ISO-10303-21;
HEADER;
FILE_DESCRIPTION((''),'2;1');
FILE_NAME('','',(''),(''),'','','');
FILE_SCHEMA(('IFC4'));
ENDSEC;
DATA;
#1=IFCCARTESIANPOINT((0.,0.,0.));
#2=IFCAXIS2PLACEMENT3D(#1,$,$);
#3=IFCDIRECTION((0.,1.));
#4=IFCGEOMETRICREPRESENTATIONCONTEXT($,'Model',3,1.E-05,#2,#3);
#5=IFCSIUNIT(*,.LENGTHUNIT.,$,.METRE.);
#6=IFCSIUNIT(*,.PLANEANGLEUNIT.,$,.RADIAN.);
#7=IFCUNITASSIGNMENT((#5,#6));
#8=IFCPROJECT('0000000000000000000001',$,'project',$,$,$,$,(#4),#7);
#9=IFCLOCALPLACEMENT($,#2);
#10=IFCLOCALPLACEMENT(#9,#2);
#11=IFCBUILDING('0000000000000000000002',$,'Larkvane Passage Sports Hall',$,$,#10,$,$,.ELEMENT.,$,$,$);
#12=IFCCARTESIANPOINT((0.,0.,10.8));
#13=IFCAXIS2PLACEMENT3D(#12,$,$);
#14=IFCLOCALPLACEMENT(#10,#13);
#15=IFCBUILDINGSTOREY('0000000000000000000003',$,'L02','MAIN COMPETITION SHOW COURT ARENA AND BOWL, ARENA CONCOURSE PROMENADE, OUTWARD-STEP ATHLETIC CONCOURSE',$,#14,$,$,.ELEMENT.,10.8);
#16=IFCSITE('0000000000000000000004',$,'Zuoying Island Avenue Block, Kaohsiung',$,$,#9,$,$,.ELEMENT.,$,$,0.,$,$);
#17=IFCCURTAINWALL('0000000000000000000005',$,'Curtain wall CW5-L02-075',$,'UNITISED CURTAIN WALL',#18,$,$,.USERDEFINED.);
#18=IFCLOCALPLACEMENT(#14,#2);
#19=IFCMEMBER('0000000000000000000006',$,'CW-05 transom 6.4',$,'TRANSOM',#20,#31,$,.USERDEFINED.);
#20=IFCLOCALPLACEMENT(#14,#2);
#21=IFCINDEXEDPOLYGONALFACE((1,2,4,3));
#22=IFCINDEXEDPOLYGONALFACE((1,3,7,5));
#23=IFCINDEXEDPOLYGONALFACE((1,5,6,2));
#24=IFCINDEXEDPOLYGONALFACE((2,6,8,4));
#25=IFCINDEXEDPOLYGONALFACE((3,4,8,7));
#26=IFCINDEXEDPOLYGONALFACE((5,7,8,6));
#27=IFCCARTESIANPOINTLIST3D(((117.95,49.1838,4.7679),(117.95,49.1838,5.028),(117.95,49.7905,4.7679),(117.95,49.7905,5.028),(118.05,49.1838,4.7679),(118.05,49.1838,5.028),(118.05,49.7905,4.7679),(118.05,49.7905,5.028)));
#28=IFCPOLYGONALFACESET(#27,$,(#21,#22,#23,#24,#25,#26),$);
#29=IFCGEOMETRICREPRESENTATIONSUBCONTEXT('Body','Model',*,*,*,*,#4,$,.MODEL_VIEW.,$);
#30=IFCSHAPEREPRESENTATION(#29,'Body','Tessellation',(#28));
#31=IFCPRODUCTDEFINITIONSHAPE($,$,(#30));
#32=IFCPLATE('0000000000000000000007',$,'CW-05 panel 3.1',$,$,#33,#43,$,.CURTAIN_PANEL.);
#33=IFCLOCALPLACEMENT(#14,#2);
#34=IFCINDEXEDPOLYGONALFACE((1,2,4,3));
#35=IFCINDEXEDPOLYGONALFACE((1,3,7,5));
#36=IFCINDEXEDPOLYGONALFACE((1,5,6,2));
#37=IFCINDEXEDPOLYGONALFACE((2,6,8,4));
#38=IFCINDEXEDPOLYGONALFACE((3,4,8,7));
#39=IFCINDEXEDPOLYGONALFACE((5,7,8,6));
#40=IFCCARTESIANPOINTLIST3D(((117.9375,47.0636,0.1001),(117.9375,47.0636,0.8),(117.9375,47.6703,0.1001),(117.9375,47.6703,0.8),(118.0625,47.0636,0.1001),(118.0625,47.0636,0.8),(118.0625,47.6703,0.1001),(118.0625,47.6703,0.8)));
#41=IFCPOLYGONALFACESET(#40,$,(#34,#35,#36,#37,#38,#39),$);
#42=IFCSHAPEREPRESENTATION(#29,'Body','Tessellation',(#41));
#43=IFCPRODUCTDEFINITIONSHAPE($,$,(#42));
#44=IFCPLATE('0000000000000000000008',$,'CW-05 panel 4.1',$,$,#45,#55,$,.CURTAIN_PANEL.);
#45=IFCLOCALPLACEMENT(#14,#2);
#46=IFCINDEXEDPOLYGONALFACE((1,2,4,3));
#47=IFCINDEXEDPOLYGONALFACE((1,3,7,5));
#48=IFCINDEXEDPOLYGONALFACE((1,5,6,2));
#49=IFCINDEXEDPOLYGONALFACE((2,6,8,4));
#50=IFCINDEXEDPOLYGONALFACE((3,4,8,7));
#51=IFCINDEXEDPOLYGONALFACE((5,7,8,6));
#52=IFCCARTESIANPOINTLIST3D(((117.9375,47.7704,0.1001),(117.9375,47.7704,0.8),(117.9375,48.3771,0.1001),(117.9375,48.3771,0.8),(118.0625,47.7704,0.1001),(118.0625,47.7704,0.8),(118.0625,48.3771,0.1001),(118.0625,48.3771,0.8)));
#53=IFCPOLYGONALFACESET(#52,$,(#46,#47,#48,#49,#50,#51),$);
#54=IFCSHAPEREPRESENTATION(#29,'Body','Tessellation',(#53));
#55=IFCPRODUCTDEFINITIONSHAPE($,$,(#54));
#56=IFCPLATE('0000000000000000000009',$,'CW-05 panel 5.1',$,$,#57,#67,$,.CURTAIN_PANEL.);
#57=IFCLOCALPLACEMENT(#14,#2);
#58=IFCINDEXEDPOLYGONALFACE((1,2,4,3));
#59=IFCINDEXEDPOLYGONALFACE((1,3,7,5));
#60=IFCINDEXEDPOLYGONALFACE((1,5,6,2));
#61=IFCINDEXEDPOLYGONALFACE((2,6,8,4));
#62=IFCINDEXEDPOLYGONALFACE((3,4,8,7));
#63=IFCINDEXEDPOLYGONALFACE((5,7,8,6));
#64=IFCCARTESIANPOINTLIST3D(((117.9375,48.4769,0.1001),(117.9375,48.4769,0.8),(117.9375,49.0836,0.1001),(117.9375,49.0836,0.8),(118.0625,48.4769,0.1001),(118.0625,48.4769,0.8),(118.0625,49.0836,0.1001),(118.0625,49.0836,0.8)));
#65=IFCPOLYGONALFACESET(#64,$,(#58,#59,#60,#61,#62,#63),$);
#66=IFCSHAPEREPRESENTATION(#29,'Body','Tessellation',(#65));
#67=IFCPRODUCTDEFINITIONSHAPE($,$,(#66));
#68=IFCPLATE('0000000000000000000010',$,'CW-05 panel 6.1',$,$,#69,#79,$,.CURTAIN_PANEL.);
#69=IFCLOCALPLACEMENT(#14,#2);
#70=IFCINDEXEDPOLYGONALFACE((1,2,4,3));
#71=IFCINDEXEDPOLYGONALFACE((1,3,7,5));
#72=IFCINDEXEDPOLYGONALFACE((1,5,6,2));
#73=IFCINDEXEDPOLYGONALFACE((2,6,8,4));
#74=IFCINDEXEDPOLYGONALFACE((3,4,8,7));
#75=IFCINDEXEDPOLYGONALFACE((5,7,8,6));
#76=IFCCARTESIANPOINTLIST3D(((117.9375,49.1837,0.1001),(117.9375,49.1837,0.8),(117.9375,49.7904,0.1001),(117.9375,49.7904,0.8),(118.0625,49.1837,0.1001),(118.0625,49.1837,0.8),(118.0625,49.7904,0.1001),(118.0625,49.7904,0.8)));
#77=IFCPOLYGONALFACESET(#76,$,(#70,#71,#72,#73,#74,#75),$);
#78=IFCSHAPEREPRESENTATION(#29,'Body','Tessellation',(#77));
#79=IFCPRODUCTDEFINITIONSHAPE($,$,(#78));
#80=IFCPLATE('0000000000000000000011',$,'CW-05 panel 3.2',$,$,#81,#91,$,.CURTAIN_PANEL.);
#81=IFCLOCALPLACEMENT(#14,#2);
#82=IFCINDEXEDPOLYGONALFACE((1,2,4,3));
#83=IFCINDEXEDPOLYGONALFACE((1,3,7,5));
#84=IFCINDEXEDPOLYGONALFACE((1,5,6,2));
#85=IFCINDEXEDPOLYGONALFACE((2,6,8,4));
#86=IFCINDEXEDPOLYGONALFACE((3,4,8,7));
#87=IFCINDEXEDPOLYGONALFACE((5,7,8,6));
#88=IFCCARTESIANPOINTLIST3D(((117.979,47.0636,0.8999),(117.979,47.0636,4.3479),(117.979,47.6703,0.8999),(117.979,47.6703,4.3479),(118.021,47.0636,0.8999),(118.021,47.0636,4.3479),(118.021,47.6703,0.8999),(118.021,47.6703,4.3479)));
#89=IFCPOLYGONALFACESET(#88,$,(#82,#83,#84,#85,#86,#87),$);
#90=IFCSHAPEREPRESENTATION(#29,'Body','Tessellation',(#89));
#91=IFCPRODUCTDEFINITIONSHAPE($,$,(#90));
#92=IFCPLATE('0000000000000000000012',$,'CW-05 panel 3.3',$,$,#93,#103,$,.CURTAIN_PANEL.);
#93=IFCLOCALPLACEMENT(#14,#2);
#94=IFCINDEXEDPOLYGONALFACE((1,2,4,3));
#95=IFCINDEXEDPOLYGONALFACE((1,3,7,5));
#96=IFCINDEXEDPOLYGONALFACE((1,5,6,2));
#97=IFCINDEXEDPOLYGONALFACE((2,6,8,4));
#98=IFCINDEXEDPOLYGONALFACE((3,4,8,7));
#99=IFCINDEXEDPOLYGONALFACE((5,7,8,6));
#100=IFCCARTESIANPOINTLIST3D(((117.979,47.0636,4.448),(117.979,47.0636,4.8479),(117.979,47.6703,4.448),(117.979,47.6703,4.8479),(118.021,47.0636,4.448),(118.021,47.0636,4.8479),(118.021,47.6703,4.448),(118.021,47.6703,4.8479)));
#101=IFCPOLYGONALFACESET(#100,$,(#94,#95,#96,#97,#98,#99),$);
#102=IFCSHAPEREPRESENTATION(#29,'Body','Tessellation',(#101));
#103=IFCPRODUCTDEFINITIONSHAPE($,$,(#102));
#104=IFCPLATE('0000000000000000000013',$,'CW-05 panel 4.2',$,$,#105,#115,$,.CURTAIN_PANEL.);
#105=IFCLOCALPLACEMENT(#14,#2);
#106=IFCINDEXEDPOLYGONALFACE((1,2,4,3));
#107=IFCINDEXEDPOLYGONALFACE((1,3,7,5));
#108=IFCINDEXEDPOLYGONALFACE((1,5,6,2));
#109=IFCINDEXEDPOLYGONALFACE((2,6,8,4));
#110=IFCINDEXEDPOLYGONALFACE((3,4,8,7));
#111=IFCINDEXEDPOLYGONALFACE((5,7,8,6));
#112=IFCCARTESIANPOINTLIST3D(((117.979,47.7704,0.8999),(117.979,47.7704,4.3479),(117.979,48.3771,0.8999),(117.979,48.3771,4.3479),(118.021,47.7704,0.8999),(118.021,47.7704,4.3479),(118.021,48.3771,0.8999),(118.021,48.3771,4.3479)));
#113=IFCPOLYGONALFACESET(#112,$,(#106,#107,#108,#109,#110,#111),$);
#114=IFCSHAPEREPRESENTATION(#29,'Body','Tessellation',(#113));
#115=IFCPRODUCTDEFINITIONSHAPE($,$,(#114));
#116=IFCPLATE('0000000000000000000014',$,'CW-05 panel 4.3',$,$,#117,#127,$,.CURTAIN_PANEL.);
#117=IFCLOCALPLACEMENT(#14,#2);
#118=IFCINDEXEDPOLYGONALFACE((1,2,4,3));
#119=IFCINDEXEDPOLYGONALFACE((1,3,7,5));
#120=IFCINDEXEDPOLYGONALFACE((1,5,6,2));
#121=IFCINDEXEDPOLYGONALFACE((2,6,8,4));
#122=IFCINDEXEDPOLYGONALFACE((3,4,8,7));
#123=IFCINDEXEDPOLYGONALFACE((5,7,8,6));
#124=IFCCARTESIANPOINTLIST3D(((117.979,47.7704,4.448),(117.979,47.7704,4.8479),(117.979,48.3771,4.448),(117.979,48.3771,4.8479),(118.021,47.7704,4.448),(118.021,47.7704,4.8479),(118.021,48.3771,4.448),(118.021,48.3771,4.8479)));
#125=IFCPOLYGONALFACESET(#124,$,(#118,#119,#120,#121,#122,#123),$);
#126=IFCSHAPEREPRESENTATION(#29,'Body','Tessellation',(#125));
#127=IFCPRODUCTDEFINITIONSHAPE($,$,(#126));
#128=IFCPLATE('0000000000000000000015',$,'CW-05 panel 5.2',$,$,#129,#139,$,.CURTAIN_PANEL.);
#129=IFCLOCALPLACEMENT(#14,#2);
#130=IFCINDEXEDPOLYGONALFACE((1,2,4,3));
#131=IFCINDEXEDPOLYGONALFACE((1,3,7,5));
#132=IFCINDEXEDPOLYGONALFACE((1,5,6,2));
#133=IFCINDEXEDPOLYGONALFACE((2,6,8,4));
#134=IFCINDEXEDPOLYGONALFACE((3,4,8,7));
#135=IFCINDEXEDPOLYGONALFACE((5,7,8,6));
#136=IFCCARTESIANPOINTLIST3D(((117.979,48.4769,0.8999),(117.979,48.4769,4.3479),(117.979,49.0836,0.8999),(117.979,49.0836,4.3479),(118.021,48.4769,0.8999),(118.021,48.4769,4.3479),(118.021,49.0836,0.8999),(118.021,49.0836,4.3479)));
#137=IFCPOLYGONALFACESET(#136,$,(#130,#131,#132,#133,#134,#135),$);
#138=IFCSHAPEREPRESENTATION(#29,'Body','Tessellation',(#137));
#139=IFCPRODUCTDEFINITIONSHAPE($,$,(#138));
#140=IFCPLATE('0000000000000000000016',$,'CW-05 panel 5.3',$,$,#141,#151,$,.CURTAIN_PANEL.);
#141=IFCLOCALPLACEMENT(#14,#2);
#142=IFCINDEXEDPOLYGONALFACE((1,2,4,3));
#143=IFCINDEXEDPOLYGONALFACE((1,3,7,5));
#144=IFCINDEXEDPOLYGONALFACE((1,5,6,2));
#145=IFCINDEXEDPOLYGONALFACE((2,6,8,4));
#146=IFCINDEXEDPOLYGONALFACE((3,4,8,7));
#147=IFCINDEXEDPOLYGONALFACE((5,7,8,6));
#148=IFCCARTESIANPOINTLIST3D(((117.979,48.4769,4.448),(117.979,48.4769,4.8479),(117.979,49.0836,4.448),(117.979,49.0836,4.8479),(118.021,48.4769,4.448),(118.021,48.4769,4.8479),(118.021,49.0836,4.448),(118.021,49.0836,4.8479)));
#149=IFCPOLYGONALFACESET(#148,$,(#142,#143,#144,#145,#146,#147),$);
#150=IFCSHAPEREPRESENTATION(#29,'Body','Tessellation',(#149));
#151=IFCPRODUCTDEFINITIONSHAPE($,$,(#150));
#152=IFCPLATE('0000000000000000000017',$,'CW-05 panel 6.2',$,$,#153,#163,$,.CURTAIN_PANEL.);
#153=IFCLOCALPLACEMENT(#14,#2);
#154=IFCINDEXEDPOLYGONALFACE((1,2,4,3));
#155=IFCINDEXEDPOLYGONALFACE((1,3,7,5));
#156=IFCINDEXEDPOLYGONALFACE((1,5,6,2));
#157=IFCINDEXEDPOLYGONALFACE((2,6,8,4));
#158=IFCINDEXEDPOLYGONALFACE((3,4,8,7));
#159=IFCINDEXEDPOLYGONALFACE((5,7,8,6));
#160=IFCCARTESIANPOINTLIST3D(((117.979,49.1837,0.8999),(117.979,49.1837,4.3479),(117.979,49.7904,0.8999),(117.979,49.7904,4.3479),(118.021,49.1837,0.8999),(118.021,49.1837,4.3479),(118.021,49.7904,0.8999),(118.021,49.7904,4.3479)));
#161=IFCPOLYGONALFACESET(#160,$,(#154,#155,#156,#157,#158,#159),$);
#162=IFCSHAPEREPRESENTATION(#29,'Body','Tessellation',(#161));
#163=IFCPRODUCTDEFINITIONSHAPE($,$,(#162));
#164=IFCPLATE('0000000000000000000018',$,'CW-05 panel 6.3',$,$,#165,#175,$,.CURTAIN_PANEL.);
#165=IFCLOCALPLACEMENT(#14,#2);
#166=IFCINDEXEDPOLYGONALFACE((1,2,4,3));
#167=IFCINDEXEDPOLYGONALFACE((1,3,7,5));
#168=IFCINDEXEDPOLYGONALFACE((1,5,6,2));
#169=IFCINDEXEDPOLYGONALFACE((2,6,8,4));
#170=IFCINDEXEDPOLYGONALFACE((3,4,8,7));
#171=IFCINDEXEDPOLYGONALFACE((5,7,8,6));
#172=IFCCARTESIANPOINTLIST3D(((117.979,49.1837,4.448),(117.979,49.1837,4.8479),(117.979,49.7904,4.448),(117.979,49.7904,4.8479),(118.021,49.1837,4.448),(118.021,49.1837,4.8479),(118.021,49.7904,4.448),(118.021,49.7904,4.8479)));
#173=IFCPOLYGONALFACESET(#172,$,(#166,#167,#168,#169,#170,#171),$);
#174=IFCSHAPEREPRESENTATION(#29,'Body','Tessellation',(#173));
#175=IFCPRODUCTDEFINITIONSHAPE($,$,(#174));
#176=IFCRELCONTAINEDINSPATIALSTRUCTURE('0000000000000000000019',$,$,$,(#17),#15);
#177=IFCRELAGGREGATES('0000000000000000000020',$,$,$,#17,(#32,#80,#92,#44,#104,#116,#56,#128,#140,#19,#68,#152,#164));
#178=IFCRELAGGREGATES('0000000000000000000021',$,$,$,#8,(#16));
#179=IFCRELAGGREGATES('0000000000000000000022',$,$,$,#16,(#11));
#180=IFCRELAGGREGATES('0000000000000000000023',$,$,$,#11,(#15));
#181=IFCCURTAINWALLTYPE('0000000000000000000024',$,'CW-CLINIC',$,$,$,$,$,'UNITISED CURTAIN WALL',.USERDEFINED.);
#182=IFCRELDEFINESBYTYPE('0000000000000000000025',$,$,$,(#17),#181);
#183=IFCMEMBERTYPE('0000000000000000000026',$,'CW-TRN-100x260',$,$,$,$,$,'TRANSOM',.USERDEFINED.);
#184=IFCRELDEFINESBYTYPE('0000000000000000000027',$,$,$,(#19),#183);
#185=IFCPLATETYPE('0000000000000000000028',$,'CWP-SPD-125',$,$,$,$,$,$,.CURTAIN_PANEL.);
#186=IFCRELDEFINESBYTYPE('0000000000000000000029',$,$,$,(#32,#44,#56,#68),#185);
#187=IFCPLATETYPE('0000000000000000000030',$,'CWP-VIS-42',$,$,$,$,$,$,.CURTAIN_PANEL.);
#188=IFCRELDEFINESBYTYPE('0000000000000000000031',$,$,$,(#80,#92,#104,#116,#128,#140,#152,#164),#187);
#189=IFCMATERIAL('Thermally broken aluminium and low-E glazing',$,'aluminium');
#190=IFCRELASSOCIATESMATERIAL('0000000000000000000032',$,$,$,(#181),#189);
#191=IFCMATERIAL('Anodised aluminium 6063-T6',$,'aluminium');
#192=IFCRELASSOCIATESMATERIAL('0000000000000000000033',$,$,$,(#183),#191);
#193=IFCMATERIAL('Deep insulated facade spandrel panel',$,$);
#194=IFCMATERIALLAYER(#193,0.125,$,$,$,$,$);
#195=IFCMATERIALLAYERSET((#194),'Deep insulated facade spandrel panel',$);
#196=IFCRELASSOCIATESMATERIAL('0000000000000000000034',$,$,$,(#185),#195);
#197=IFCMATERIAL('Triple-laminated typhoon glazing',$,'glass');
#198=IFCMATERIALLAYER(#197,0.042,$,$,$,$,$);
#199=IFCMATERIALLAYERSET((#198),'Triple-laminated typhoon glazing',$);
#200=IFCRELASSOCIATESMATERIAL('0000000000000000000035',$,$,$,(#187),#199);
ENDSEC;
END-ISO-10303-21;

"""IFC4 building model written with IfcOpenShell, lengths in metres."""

from ifc_helpers import new_model, si_unit, direction, frame, origin, origin_2d, place, context, subcontext, project, spatial, rectangle, extrude, material, layer, layer_set, material_profile, profile_set, type_object, element, aggregate, save


model = new_model("IFC4")

# Units and contexts
model_context = context("Model", 3, precision=1e-05, world=origin(), true_north=direction((0.0, 1.0)))
body_context = subcontext(model_context, "Body", "Model", "MODEL_VIEW")
ifc_project = project(units=[si_unit("LENGTHUNIT", "METRE"), si_unit("PLANEANGLEUNIT", "RADIAN")], contexts=[model_context])

# Site, building, storey
site_placement = place(None, origin())
site = spatial("IfcSite", under=ifc_project, at=site_placement, Name="Zuoying Island Avenue Block, Kaohsiung", CompositionType="ELEMENT", RefElevation=0.0)
building_placement = place(site_placement, origin())
building = spatial("IfcBuilding", under=site, at=building_placement, Name="Larkvane Passage Sports Hall", CompositionType="ELEMENT")
storey_placement = place(building_placement, frame((0.0, 0.0, 10.8)))
storey = spatial("IfcBuildingStorey", under=building, at=storey_placement, Name="L02", Description="MAIN COMPETITION SHOW COURT ARENA AND BOWL, ARENA CONCOURSE PROMENADE, OUTWARD-STEP ATHLETIC CONCOURSE", CompositionType="ELEMENT", Elevation=10.8)

# Curtain wall, member, plates
ifc_material_1 = material(Name="Thermally broken aluminium and low-E glazing", Category="aluminium")
curtain_wall_type = type_object("IfcCurtainWallType", Name="CW-CLINIC", ElementType="UNITISED CURTAIN WALL", PredefinedType="USERDEFINED", material=ifc_material_1)
curtain_wall_placement = place(storey_placement, origin())
curtain_wall = element("IfcCurtainWall", 1, at=curtain_wall_placement, inside=storey, type_object=curtain_wall_type, Name="Curtain wall CW5-L02-075", ObjectType="UNITISED CURTAIN WALL", PredefinedType="USERDEFINED")
ifc_material_2 = material(Name="Anodised aluminium 6063-T6", Category="aluminium")
ifc_material_profile_1 = material_profile(ifc_material_2, rectangle(XDim=0.1001, YDim=0.26, at=origin_2d()), Name="ALU-TRN-100x260")
ifc_profile_set_1 = profile_set([ifc_material_profile_1], Name="Anodised aluminium 6063-T6")
member_type_1 = type_object("IfcMemberType", Name="CW-TRN-100x260", ElementType="TRANSOM", PredefinedType="USERDEFINED", material=ifc_profile_set_1)
member_1_placement = place(storey_placement, frame((118.0, 49.1838, 4.8979), z_axis=(0.0, 1.0, 0.0), x_axis=(-1.0, 0.0, 0.0)))
member_1 = element("IfcMember", 2, at=member_1_placement, type_object=member_type_1, Name="CW-05 transom 6.4", ObjectType="TRANSOM", PredefinedType="USERDEFINED", context=body_context, shape_type="SweptSolid", body=[
    extrude(rectangle(XDim=0.1001, YDim=0.26, at=origin_2d()), origin(), (0.0, 0.0, 1.0), 0.6067),
])
ifc_material_3 = material(Name="Deep insulated facade spandrel panel")
ifc_layer_1 = layer(ifc_material_3, 0.125)
ifc_layer_set_1 = layer_set([ifc_layer_1], Name="Deep insulated facade spandrel panel")
plate_type_1 = type_object("IfcPlateType", Name="CWP-SPD-125", PredefinedType="CURTAIN_PANEL", material=ifc_layer_set_1)
plate_1_placement = place(storey_placement, frame((118.0, 47.3669, 0.1001), z_axis=(0.0, 0.0, 1.0), x_axis=(0.0, 1.0, 0.0)))
plate_1 = element("IfcPlate", 3, at=plate_1_placement, type_object=plate_type_1, Name="CW-05 panel 3.1", PredefinedType="CURTAIN_PANEL", context=body_context, shape_type="SweptSolid", body=[
    extrude(rectangle(XDim=0.6067, YDim=0.125, at=origin_2d()), origin(), (0.0, 0.0, 1.0), 0.7),
])
plate_2_placement = place(storey_placement, frame((118.0, 48.0737, 0.1001), z_axis=(0.0, 0.0, 1.0), x_axis=(0.0, 1.0, 0.0)))
plate_2 = element("IfcPlate", 4, at=plate_2_placement, type_object=plate_type_1, Name="CW-05 panel 4.1", PredefinedType="CURTAIN_PANEL", context=body_context, shape_type="SweptSolid", body=[
    extrude(rectangle(XDim=0.6067, YDim=0.125, at=origin_2d()), origin(), (0.0, 0.0, 1.0), 0.7),
])
plate_3_placement = place(storey_placement, frame((118.0, 48.7803, 0.1001), z_axis=(0.0, 0.0, 1.0), x_axis=(0.0, 1.0, 0.0)))
plate_3 = element("IfcPlate", 5, at=plate_3_placement, type_object=plate_type_1, Name="CW-05 panel 5.1", PredefinedType="CURTAIN_PANEL", context=body_context, shape_type="SweptSolid", body=[
    extrude(rectangle(XDim=0.6067, YDim=0.125, at=origin_2d()), origin(), (0.0, 0.0, 1.0), 0.7),
])
plate_4_placement = place(storey_placement, frame((118.0, 49.4871, 0.1001), z_axis=(0.0, 0.0, 1.0), x_axis=(0.0, 1.0, 0.0)))
plate_4 = element("IfcPlate", 6, at=plate_4_placement, type_object=plate_type_1, Name="CW-05 panel 6.1", PredefinedType="CURTAIN_PANEL", context=body_context, shape_type="SweptSolid", body=[
    extrude(rectangle(XDim=0.6067, YDim=0.125, at=origin_2d()), origin(), (0.0, 0.0, 1.0), 0.7),
])
ifc_material_4 = material(Name="Triple-laminated typhoon glazing", Category="glass")
ifc_layer_2 = layer(ifc_material_4, 0.042)
ifc_layer_set_2 = layer_set([ifc_layer_2], Name="Triple-laminated typhoon glazing")
plate_type_2 = type_object("IfcPlateType", Name="CWP-VIS-42", PredefinedType="CURTAIN_PANEL", material=ifc_layer_set_2)
plate_5_placement = place(storey_placement, frame((118.0, 47.3669, 0.8999), z_axis=(0.0, 0.0, 1.0), x_axis=(0.0, 1.0, 0.0)))
plate_5 = element("IfcPlate", 7, at=plate_5_placement, type_object=plate_type_2, Name="CW-05 panel 3.2", PredefinedType="CURTAIN_PANEL", context=body_context, shape_type="SweptSolid", body=[
    extrude(rectangle(XDim=0.6067, YDim=0.042, at=origin_2d()), origin(), (0.0, 0.0, 1.0), 3.448),
])
plate_6_placement = place(storey_placement, frame((118.0, 47.3669, 4.448), z_axis=(0.0, 0.0, 1.0), x_axis=(0.0, 1.0, 0.0)))
plate_6 = element("IfcPlate", 8, at=plate_6_placement, type_object=plate_type_2, Name="CW-05 panel 3.3", PredefinedType="CURTAIN_PANEL", context=body_context, shape_type="SweptSolid", body=[
    extrude(rectangle(XDim=0.6067, YDim=0.042, at=origin_2d()), origin(), (0.0, 0.0, 1.0), 0.3999),
])
plate_7_placement = place(storey_placement, frame((118.0, 48.0737, 0.8999), z_axis=(0.0, 0.0, 1.0), x_axis=(0.0, 1.0, 0.0)))
plate_7 = element("IfcPlate", 9, at=plate_7_placement, type_object=plate_type_2, Name="CW-05 panel 4.2", PredefinedType="CURTAIN_PANEL", context=body_context, shape_type="SweptSolid", body=[
    extrude(rectangle(XDim=0.6067, YDim=0.042, at=origin_2d()), origin(), (0.0, 0.0, 1.0), 3.448),
])
plate_8_placement = place(storey_placement, frame((118.0, 48.0737, 4.448), z_axis=(0.0, 0.0, 1.0), x_axis=(0.0, 1.0, 0.0)))
plate_8 = element("IfcPlate", 10, at=plate_8_placement, type_object=plate_type_2, Name="CW-05 panel 4.3", PredefinedType="CURTAIN_PANEL", context=body_context, shape_type="SweptSolid", body=[
    extrude(rectangle(XDim=0.6067, YDim=0.042, at=origin_2d()), origin(), (0.0, 0.0, 1.0), 0.3999),
])
plate_9_placement = place(storey_placement, frame((118.0, 48.7803, 0.8999), z_axis=(0.0, 0.0, 1.0), x_axis=(0.0, 1.0, 0.0)))
plate_9 = element("IfcPlate", 11, at=plate_9_placement, type_object=plate_type_2, Name="CW-05 panel 5.2", PredefinedType="CURTAIN_PANEL", context=body_context, shape_type="SweptSolid", body=[
    extrude(rectangle(XDim=0.6067, YDim=0.042, at=origin_2d()), origin(), (0.0, 0.0, 1.0), 3.448),
])
plate_10_placement = place(storey_placement, frame((118.0, 48.7803, 4.448), z_axis=(0.0, 0.0, 1.0), x_axis=(0.0, 1.0, 0.0)))
plate_10 = element("IfcPlate", 12, at=plate_10_placement, type_object=plate_type_2, Name="CW-05 panel 5.3", PredefinedType="CURTAIN_PANEL", context=body_context, shape_type="SweptSolid", body=[
    extrude(rectangle(XDim=0.6067, YDim=0.042, at=origin_2d()), origin(), (0.0, 0.0, 1.0), 0.3999),
])
plate_11_placement = place(storey_placement, frame((118.0, 49.4871, 0.8999), z_axis=(0.0, 0.0, 1.0), x_axis=(0.0, 1.0, 0.0)))
plate_11 = element("IfcPlate", 13, at=plate_11_placement, type_object=plate_type_2, Name="CW-05 panel 6.2", PredefinedType="CURTAIN_PANEL", context=body_context, shape_type="SweptSolid", body=[
    extrude(rectangle(XDim=0.6067, YDim=0.042, at=origin_2d()), origin(), (0.0, 0.0, 1.0), 3.448),
])
plate_12_placement = place(storey_placement, frame((118.0, 49.4871, 4.448), z_axis=(0.0, 0.0, 1.0), x_axis=(0.0, 1.0, 0.0)))
plate_12 = element("IfcPlate", 14, at=plate_12_placement, type_object=plate_type_2, Name="CW-05 panel 6.3", PredefinedType="CURTAIN_PANEL", context=body_context, shape_type="SweptSolid", body=[
    extrude(rectangle(XDim=0.6067, YDim=0.042, at=origin_2d()), origin(), (0.0, 0.0, 1.0), 0.3999),
])
aggregate(curtain_wall, [plate_1, plate_5, plate_6, plate_2, plate_7, plate_8, plate_3, plate_9, plate_10, member_1, plate_4, plate_11, plate_12])

save(model, "model.ifc")
